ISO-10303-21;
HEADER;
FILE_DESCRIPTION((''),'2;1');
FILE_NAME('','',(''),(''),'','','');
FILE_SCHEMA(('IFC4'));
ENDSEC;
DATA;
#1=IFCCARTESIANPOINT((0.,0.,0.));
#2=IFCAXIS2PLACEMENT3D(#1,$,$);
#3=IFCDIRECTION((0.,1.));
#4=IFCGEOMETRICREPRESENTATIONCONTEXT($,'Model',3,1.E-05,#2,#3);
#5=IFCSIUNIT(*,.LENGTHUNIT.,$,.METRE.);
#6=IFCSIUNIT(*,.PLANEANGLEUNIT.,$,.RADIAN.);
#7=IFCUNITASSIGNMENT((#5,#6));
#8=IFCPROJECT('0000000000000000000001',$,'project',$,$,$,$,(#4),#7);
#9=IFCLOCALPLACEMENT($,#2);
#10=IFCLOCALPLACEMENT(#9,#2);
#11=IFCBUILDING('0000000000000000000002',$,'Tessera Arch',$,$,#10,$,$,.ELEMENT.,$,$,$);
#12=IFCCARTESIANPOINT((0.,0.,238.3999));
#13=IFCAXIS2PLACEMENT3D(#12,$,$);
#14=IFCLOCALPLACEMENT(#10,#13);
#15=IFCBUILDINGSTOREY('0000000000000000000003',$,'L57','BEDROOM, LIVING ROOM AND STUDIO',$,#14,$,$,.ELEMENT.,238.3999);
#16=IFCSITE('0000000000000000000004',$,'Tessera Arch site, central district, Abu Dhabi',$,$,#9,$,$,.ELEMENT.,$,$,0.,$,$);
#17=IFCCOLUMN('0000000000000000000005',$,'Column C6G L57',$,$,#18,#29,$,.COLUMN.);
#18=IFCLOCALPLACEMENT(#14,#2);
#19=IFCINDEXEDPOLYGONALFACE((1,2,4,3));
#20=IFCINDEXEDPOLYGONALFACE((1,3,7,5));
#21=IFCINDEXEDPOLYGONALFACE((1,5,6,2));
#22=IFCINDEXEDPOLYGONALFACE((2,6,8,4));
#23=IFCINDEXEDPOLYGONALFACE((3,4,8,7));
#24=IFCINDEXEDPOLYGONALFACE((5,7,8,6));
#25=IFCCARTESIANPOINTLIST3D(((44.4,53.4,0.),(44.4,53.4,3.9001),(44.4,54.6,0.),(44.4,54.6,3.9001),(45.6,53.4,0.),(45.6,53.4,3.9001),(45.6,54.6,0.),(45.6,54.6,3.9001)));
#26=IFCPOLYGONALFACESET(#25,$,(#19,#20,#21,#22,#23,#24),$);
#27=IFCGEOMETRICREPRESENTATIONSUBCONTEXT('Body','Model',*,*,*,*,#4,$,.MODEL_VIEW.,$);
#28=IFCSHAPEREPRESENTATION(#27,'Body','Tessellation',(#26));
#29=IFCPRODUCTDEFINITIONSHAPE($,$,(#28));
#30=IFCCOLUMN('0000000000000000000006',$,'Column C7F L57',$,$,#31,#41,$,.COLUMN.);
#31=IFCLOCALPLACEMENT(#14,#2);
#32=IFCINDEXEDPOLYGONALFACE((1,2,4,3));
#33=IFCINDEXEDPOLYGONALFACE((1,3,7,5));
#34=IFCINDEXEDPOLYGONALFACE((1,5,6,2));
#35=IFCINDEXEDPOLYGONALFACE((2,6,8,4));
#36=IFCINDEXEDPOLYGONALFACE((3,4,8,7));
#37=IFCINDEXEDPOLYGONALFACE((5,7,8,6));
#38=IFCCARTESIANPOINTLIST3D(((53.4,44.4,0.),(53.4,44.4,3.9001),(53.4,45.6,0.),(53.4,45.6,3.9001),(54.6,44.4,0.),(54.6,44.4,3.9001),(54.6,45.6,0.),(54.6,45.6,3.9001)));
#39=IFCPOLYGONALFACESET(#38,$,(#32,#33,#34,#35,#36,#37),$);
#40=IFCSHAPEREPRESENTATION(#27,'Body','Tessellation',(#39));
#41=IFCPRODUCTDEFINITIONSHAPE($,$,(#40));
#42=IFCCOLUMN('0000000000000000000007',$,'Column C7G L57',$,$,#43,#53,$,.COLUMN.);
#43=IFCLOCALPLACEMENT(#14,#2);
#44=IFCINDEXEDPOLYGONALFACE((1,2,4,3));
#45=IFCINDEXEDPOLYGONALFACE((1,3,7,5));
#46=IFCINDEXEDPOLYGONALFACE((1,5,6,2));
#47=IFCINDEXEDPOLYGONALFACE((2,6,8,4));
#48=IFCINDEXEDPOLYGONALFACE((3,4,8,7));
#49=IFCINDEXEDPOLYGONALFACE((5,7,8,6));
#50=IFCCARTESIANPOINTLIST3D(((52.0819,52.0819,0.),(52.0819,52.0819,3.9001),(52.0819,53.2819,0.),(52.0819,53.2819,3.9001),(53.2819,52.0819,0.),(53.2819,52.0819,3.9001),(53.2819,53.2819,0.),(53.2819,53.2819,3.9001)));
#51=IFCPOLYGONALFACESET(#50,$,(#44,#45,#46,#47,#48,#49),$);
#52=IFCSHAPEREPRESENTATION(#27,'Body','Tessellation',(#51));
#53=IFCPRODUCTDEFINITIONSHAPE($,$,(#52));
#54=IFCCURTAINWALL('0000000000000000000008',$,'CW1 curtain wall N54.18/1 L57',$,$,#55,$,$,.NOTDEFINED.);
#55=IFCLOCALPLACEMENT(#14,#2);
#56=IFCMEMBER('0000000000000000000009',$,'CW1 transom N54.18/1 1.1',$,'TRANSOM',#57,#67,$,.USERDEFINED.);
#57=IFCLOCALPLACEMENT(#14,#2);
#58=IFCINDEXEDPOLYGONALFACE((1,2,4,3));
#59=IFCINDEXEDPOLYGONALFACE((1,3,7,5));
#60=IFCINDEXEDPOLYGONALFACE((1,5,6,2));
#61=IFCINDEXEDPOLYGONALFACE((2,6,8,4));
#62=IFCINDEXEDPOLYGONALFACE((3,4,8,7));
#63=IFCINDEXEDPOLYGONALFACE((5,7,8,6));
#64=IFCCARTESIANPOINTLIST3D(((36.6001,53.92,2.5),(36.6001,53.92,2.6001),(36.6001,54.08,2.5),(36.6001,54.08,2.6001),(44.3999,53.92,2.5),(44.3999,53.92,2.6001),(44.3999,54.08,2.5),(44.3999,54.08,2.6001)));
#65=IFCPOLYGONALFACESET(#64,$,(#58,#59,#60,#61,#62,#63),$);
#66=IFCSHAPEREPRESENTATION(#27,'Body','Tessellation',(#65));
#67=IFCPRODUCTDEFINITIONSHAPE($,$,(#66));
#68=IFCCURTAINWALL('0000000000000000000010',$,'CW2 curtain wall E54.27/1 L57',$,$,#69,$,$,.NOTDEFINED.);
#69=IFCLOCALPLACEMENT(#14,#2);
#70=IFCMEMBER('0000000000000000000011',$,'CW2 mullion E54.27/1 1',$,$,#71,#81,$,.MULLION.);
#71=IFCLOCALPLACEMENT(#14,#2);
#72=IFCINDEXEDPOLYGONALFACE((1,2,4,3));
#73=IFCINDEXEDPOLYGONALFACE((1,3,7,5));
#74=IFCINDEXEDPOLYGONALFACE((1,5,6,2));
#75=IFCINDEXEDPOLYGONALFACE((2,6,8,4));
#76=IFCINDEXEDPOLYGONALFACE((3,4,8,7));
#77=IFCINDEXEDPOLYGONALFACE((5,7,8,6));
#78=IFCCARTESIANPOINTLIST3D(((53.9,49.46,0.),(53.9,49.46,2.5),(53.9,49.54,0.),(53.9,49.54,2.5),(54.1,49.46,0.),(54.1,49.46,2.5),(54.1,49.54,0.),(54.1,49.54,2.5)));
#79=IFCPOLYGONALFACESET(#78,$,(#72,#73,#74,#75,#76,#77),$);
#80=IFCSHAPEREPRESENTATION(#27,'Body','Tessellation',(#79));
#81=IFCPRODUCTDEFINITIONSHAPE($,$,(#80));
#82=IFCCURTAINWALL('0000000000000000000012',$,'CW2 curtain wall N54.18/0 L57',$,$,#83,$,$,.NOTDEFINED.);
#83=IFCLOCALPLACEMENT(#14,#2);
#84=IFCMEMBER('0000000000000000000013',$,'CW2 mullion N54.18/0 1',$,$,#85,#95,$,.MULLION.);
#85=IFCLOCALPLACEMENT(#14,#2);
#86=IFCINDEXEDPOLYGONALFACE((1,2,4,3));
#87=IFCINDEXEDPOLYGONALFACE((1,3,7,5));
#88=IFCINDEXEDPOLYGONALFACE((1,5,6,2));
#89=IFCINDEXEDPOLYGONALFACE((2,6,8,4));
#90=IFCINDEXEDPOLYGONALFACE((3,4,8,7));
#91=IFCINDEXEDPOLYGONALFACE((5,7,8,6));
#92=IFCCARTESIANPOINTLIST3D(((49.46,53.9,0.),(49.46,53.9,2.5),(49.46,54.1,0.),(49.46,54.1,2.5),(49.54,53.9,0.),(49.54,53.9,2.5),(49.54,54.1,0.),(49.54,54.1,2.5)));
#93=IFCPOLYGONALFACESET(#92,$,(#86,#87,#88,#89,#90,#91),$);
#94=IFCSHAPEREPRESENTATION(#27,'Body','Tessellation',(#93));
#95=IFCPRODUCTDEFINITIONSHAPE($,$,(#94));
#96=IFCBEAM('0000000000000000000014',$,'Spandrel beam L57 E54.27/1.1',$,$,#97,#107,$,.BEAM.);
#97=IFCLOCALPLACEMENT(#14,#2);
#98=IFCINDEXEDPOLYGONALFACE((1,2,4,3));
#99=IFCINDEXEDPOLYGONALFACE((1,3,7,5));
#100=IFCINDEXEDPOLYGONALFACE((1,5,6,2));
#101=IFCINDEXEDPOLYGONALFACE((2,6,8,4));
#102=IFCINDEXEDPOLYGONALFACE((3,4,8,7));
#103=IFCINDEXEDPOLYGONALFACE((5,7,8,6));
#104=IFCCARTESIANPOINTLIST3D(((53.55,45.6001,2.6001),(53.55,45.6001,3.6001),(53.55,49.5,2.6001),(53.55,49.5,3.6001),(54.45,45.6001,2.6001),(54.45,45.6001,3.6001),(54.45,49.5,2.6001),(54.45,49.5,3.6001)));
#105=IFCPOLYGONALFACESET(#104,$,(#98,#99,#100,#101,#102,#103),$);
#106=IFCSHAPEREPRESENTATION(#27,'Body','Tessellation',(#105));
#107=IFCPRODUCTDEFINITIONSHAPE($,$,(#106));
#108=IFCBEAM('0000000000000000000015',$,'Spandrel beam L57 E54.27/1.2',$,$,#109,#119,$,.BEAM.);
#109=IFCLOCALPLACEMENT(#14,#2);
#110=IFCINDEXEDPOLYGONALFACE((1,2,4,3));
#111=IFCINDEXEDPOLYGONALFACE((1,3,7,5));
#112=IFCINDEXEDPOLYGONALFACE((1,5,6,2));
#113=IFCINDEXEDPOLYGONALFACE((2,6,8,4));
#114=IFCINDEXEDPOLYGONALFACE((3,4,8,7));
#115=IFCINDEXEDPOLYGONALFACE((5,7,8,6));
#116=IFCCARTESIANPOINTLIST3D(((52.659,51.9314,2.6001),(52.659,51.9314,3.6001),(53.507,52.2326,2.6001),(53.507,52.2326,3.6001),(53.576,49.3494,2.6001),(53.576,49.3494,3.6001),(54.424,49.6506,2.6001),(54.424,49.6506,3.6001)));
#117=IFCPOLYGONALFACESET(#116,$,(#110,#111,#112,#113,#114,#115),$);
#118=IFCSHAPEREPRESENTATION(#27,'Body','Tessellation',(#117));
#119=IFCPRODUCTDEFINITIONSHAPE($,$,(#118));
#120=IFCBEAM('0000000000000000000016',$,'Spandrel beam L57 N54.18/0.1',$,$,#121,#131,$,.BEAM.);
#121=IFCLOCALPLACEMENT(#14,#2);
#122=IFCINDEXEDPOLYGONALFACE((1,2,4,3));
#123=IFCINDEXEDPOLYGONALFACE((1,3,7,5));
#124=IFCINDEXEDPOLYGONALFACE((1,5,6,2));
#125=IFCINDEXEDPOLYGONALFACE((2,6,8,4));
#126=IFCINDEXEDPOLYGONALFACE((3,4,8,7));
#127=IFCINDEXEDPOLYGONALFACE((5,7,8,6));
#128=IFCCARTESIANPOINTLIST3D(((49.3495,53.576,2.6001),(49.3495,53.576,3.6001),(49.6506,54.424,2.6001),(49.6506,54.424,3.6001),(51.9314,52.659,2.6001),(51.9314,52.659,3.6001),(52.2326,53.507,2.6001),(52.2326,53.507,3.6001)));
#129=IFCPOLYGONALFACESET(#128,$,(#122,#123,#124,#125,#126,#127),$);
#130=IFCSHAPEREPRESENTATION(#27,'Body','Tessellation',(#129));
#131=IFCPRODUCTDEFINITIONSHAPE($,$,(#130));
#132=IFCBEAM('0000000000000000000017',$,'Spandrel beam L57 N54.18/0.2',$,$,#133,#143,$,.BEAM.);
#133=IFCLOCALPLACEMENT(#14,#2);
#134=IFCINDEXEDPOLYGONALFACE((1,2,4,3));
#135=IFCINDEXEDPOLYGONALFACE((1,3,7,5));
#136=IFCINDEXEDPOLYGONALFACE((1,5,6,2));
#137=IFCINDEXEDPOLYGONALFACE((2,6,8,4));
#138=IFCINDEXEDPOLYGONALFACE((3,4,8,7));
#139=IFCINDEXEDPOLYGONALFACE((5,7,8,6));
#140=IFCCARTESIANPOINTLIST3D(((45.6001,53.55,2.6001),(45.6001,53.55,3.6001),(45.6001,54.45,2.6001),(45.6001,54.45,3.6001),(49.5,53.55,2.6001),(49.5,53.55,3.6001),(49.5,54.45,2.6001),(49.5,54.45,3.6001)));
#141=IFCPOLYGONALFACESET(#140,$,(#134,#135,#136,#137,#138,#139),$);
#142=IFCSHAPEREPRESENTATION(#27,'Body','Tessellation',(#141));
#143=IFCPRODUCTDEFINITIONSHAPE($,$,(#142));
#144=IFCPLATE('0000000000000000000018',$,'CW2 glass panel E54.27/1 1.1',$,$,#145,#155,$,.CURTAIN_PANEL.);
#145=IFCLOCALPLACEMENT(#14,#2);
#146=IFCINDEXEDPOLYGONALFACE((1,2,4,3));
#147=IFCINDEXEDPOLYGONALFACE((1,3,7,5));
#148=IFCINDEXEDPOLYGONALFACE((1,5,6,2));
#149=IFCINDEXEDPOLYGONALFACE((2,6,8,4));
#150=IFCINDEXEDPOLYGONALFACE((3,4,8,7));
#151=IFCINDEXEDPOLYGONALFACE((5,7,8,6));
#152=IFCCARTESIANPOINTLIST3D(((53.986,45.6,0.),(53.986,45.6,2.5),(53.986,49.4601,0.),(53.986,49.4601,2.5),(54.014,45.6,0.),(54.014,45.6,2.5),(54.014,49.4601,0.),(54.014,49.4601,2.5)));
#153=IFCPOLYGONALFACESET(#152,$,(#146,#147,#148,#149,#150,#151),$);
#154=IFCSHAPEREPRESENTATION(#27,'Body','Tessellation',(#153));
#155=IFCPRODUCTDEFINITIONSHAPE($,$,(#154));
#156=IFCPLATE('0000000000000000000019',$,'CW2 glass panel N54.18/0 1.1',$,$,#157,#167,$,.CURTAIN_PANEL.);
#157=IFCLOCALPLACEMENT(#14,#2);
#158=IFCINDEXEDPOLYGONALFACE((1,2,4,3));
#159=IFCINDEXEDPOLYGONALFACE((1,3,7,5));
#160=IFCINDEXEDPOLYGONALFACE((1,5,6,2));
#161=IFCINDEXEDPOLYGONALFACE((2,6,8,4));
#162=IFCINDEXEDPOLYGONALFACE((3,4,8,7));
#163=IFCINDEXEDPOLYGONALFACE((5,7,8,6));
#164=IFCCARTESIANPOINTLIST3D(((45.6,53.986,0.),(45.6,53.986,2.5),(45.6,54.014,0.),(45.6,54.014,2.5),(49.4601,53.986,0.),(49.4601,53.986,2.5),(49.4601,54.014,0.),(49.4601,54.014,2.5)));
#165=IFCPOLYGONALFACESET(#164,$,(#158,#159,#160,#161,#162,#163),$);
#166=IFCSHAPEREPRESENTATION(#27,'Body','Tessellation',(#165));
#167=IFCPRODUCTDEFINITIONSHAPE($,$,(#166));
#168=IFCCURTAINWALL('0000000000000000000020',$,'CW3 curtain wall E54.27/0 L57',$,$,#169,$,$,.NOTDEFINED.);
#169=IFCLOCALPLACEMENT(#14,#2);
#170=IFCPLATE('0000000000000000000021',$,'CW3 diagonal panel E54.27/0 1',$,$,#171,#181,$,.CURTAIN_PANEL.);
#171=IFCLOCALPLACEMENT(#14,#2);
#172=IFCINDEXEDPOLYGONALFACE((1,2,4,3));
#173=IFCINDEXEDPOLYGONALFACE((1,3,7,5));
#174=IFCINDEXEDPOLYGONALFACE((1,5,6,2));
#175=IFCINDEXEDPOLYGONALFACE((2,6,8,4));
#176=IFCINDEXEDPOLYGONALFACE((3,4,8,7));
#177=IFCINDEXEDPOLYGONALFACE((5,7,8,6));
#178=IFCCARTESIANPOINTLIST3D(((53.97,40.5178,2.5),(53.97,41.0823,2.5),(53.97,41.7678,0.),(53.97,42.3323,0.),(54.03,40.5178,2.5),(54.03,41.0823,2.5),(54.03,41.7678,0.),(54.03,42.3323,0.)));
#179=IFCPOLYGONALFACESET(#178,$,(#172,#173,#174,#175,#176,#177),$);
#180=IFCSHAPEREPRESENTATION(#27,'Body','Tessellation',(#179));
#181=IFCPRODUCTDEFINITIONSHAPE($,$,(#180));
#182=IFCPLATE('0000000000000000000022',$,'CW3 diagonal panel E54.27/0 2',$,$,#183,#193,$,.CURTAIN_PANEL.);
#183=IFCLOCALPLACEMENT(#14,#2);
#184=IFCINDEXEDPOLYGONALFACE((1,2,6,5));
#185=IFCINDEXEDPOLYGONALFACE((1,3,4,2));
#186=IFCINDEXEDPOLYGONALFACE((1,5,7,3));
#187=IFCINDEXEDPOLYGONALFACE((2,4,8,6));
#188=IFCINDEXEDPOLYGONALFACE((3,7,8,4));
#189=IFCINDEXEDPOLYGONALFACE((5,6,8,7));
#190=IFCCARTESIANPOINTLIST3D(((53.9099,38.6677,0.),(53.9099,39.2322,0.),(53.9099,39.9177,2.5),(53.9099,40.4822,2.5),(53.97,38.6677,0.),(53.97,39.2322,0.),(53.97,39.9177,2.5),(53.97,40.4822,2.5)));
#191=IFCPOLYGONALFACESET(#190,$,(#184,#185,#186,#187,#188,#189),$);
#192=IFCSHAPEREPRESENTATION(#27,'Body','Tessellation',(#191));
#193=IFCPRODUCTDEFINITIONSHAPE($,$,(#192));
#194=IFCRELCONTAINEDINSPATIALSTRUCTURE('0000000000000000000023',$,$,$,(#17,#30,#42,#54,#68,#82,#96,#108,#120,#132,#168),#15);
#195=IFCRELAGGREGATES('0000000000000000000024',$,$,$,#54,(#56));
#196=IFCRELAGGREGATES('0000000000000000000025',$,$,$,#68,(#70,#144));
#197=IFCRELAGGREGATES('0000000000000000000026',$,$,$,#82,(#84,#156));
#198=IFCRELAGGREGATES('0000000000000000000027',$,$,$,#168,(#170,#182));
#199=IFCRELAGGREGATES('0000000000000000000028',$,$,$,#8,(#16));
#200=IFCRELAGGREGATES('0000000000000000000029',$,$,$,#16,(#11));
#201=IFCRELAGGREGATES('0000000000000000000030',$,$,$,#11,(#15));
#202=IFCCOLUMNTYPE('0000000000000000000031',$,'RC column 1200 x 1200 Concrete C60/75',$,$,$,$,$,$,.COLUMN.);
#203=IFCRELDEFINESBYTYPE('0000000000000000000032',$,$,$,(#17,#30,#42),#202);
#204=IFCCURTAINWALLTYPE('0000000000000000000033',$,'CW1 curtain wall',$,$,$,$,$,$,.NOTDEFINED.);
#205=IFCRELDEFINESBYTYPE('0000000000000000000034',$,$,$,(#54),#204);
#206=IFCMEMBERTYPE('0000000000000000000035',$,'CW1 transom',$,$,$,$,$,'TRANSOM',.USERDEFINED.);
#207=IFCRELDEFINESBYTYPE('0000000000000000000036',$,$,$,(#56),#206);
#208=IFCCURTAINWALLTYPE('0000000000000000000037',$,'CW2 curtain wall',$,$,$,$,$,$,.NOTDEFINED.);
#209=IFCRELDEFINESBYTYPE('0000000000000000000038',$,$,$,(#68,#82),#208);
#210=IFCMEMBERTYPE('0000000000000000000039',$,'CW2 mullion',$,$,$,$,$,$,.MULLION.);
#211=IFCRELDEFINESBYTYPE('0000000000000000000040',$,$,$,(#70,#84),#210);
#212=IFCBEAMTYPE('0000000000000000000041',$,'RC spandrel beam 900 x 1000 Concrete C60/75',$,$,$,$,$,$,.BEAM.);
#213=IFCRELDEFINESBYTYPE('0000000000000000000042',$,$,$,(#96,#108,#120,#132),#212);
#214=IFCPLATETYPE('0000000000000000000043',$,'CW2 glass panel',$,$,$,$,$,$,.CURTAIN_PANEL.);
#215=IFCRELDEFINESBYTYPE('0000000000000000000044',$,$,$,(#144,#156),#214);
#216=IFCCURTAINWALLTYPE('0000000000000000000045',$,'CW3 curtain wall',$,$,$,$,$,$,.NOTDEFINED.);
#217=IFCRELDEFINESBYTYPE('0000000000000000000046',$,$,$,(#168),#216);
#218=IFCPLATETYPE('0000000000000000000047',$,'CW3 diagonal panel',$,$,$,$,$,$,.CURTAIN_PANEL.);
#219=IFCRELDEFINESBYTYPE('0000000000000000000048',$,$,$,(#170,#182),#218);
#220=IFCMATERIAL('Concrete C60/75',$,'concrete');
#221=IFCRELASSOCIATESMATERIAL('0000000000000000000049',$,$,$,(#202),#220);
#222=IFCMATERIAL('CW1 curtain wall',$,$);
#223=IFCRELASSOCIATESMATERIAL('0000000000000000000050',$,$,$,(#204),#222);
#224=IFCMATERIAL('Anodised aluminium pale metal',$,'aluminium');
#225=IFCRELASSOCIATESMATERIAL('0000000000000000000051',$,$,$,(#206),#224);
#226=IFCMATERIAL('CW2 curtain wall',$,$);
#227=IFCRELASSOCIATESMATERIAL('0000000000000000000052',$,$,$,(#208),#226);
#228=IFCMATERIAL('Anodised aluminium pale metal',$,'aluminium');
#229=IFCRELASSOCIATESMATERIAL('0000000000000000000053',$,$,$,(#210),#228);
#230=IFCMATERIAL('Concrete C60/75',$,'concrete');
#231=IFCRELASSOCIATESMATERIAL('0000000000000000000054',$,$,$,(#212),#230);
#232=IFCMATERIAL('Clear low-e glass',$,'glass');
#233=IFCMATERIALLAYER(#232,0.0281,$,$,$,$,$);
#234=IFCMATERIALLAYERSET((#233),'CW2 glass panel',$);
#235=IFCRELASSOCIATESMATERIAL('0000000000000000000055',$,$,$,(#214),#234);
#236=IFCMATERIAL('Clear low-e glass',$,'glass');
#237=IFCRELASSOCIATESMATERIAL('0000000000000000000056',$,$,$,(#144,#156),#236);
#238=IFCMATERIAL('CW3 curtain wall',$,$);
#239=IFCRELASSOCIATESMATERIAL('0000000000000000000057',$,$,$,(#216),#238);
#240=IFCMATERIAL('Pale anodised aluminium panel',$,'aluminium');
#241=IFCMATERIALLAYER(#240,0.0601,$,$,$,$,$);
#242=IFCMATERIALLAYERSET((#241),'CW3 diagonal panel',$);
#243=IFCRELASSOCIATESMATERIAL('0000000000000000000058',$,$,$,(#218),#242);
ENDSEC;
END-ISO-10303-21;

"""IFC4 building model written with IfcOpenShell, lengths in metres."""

from ifc_helpers import new_model, si_unit, direction, frame, origin, origin_2d, place, context, subcontext, project, spatial, polyline, rectangle, outline, extrude, material, layer, layer_set, material_profile, profile_set, type_object, element, aggregate, save


model = new_model("IFC4")

# Units and contexts
model_context = context("Model", 3, precision=1e-05, world=origin(), true_north=direction((0.0, 1.0)))
body_context = subcontext(model_context, "Body", "Model", "MODEL_VIEW")
ifc_project = project(units=[si_unit("LENGTHUNIT", "METRE"), si_unit("PLANEANGLEUNIT", "RADIAN")], contexts=[model_context])

# Site, building, storey
site_placement = place(None, origin())
site = spatial("IfcSite", under=ifc_project, at=site_placement, Name="Tessera Arch site, central district, Abu Dhabi", CompositionType="ELEMENT", RefElevation=0.0)
building_placement = place(site_placement, origin())
building = spatial("IfcBuilding", under=site, at=building_placement, Name="Tessera Arch", CompositionType="ELEMENT")
storey_placement = place(building_placement, frame((0.0, 0.0, 238.3999)))
storey = spatial("IfcBuildingStorey", under=building, at=storey_placement, Name="L57", Description="BEDROOM, LIVING ROOM AND STUDIO", CompositionType="ELEMENT", Elevation=238.3999)

# Columns
ifc_material_1 = material(Name="Concrete C60/75", Category="concrete")
ifc_material_profile_1 = material_profile(ifc_material_1, rectangle(XDim=1.2, YDim=1.2, at=origin_2d()), Name="RC column 1200 x 1200 Concrete C60/75")
ifc_profile_set_1 = profile_set([ifc_material_profile_1], Name="Concrete C60/75")
column_type = type_object("IfcColumnType", Name="RC column 1200 x 1200 Concrete C60/75", PredefinedType="COLUMN", material=ifc_profile_set_1)
for number, where, z_axis, x_axis, name in (
    (1, (45.0, 54.0, 0.0), (0.0, 0.0, 1.0), (1.0, 0.0, 0.0), "Column C6G L57"),
    (2, (54.0, 45.0, 0.0), (0.0, 0.0, 1.0), (1.0, 0.0, 0.0), "Column C7F L57"),
    (3, (52.6819, 52.6819, 0.0), (0.0, 0.0, 1.0), (1.0, 0.0, 0.0), "Column C7G L57"),
):
    element("IfcColumn", number, at=place(storey_placement, frame(where, z_axis=z_axis, x_axis=x_axis)), inside=storey, type_object=column_type, Name=name, PredefinedType="COLUMN", context=body_context, shape_type="SweptSolid", body=[
        extrude(rectangle(XDim=1.2, YDim=1.2, at=origin_2d()), origin(), (0.0, 0.0, 1.0), 3.9001),
    ])

# Curtain walls, members
ifc_material_2 = material(Name="CW1 curtain wall")
curtain_wall_type_1 = type_object("IfcCurtainWallType", Name="CW1 curtain wall", PredefinedType="NOTDEFINED", material=ifc_material_2)
curtain_wall_1_placement = place(storey_placement, origin())
curtain_wall_1 = element("IfcCurtainWall", 4, at=curtain_wall_1_placement, inside=storey, type_object=curtain_wall_type_1, Name="CW1 curtain wall N54.18/1 L57", PredefinedType="NOTDEFINED")
ifc_material_3 = material(Name="Anodised aluminium pale metal", Category="aluminium")
ifc_material_profile_2 = material_profile(ifc_material_3, rectangle(XDim=0.1599, YDim=0.1001, at=origin_2d()), Name="AL 160x100")
ifc_profile_set_2 = profile_set([ifc_material_profile_2], Name="Anodised aluminium pale metal")
member_type_1 = type_object("IfcMemberType", Name="CW1 transom", ElementType="TRANSOM", PredefinedType="USERDEFINED", material=ifc_profile_set_2)
member_1_placement = place(storey_placement, frame((44.3999, 54.0, 2.55), z_axis=(-1.0, 0.0, 0.0), x_axis=(0.0, -1.0, 0.0)))
member_1 = element("IfcMember", 5, at=member_1_placement, type_object=member_type_1, Name="CW1 transom N54.18/1 1.1", ObjectType="TRANSOM", PredefinedType="USERDEFINED", context=body_context, shape_type="SweptSolid", body=[
    extrude(rectangle(XDim=0.1599, YDim=0.1001, at=origin_2d()), origin(), (0.0, 0.0, 1.0), 7.7998),
])
aggregate(curtain_wall_1, [member_1])
ifc_material_4 = material(Name="CW2 curtain wall")
curtain_wall_type_2 = type_object("IfcCurtainWallType", Name="CW2 curtain wall", PredefinedType="NOTDEFINED", material=ifc_material_4)
curtain_wall_2_placement = place(storey_placement, origin())
curtain_wall_2 = element("IfcCurtainWall", 6, at=curtain_wall_2_placement, inside=storey, type_object=curtain_wall_type_2, Name="CW2 curtain wall E54.27/1 L57", PredefinedType="NOTDEFINED")
ifc_material_5 = material(Name="Anodised aluminium pale metal", Category="aluminium")
ifc_material_profile_3 = material_profile(ifc_material_5, rectangle(XDim=0.2, YDim=0.0801, at=origin_2d()), Name="AL 80x200")
ifc_profile_set_3 = profile_set([ifc_material_profile_3], Name="Anodised aluminium pale metal")
member_type_2 = type_object("IfcMemberType", Name="CW2 mullion", PredefinedType="MULLION", material=ifc_profile_set_3)
member_2_placement = place(storey_placement, frame((54.0, 49.5, 0.0), z_axis=(0.0, 0.0, 1.0), x_axis=(-1.0, 0.0, 0.0)))
member_2 = element("IfcMember", 7, at=member_2_placement, type_object=member_type_2, Name="CW2 mullion E54.27/1 1", PredefinedType="MULLION", context=body_context, shape_type="SweptSolid", body=[
    extrude(rectangle(XDim=0.2, YDim=0.0801, at=origin_2d()), origin(), (0.0, 0.0, 1.0), 2.5),
])
curtain_wall_3_placement = place(storey_placement, origin())
curtain_wall_3 = element("IfcCurtainWall", 8, at=curtain_wall_3_placement, inside=storey, type_object=curtain_wall_type_2, Name="CW2 curtain wall N54.18/0 L57", PredefinedType="NOTDEFINED")
member_3_placement = place(storey_placement, frame((49.5, 54.0, 0.0), z_axis=(0.0, 0.0, 1.0), x_axis=(0.0, -1.0, 0.0)))
member_3 = element("IfcMember", 9, at=member_3_placement, type_object=member_type_2, Name="CW2 mullion N54.18/0 1", PredefinedType="MULLION", context=body_context, shape_type="SweptSolid", body=[
    extrude(rectangle(XDim=0.2, YDim=0.0801, at=origin_2d()), origin(), (0.0, 0.0, 1.0), 2.5),
])

# Beams
ifc_material_6 = material(Name="Concrete C60/75", Category="concrete")
ifc_material_profile_4 = material_profile(ifc_material_6, rectangle(XDim=0.8999, YDim=1.0, at=origin_2d()), Name="RC spandrel beam 900 x 1000 Concrete C60/75")
ifc_profile_set_4 = profile_set([ifc_material_profile_4], Name="Concrete C60/75")
beam_type = type_object("IfcBeamType", Name="RC spandrel beam 900 x 1000 Concrete C60/75", PredefinedType="BEAM", material=ifc_profile_set_4)
beam_1_placement = place(storey_placement, frame((54.0, 45.6001, 3.1001), z_axis=(0.0, 1.0, 0.0), x_axis=(-1.0, 0.0, 0.0)))
element("IfcBeam", 10, at=beam_1_placement, inside=storey, type_object=beam_type, Name="Spandrel beam L57 E54.27/1.1", PredefinedType="BEAM", context=body_context, shape_type="SweptSolid", body=[
    extrude(rectangle(XDim=0.8999, YDim=1.0, at=origin_2d()), origin(), (0.0, 0.0, 1.0), 3.8999),
])
for number, where, z_axis, x_axis, name in (
    (11, (54.0, 49.5, 3.1001), (-0.334665, 0.942337, 0.0), (-0.942337, -0.334665, 0.0), "Spandrel beam L57 E54.27/1.2"),
    (12, (52.082, 53.083, 3.1001), (-0.942337, 0.334665, 0.0), (-0.334665, -0.942337, 0.0), "Spandrel beam L57 N54.18/0.1"),
):
    element("IfcBeam", number, at=place(storey_placement, frame(where, z_axis=z_axis, x_axis=x_axis)), inside=storey, type_object=beam_type, Name=name, PredefinedType="BEAM", context=body_context, shape_type="SweptSolid", body=[
        extrude(rectangle(XDim=0.8999, YDim=1.0, at=origin_2d()), origin(), (0.0, 0.0, 1.0), 2.74),
    ])
beam_2_placement = place(storey_placement, frame((49.5, 54.0, 3.1001), z_axis=(-1.0, 0.0, 0.0), x_axis=(0.0, -1.0, 0.0)))
element("IfcBeam", 13, at=beam_2_placement, inside=storey, type_object=beam_type, Name="Spandrel beam L57 N54.18/0.2", PredefinedType="BEAM", context=body_context, shape_type="SweptSolid", body=[
    extrude(rectangle(XDim=0.8999, YDim=1.0, at=origin_2d()), origin(), (0.0, 0.0, 1.0), 3.8999),
])

# Plates
ifc_material_7 = material(Name="Clear low-e glass", Category="glass")
ifc_material_8 = material(Name="Clear low-e glass", Category="glass")
ifc_layer_1 = layer(ifc_material_8, 0.0281)
ifc_layer_set_1 = layer_set([ifc_layer_1], Name="CW2 glass panel")
plate_type_1 = type_object("IfcPlateType", Name="CW2 glass panel", PredefinedType="CURTAIN_PANEL", material=ifc_layer_set_1)
plate_1_placement = place(storey_placement, frame((54.0, 47.53, 0.0), z_axis=(0.0, 0.0, 1.0), x_axis=(0.0, 1.0, 0.0)))
plate_1 = element("IfcPlate", 14, at=plate_1_placement, type_object=plate_type_1, material=ifc_material_7, Name="CW2 glass panel E54.27/1 1.1", PredefinedType="CURTAIN_PANEL", context=body_context, shape_type="SweptSolid", body=[
    extrude(rectangle(XDim=3.8601, YDim=0.0281, at=origin_2d()), origin(), (0.0, 0.0, 1.0), 2.5),
])
aggregate(curtain_wall_2, [member_2, plate_1])
plate_2_placement = place(storey_placement, frame((47.53, 54.0, 0.0), z_axis=(0.0, 0.0, 1.0), x_axis=(-1.0, 0.0, 0.0)))
plate_2 = element("IfcPlate", 15, at=plate_2_placement, type_object=plate_type_1, material=ifc_material_7, Name="CW2 glass panel N54.18/0 1.1", PredefinedType="CURTAIN_PANEL", context=body_context, shape_type="SweptSolid", body=[
    extrude(rectangle(XDim=3.8601, YDim=0.0281, at=origin_2d()), origin(), (0.0, 0.0, 1.0), 2.5),
])
aggregate(curtain_wall_3, [member_3, plate_2])

# Curtain wall, plates
ifc_material_9 = material(Name="CW3 curtain wall")
curtain_wall_type_3 = type_object("IfcCurtainWallType", Name="CW3 curtain wall", PredefinedType="NOTDEFINED", material=ifc_material_9)
curtain_wall_4_placement = place(storey_placement, origin())
curtain_wall_4 = element("IfcCurtainWall", 16, at=curtain_wall_4_placement, inside=storey, type_object=curtain_wall_type_3, Name="CW3 curtain wall E54.27/0 L57", PredefinedType="NOTDEFINED")
ifc_material_10 = material(Name="Pale anodised aluminium panel", Category="aluminium")
ifc_layer_2 = layer(ifc_material_10, 0.0601)
ifc_layer_set_2 = layer_set([ifc_layer_2], Name="CW3 diagonal panel")
plate_type_2 = type_object("IfcPlateType", Name="CW3 diagonal panel", PredefinedType="CURTAIN_PANEL", material=ifc_layer_set_2)
plate_3_placement = place(storey_placement, frame((54.03, 41.0823, 2.5), z_axis=(1.0, 0.0, 0.0), x_axis=(0.0, -1.0, 0.0)))
plate_3 = element("IfcPlate", 17, at=plate_3_placement, type_object=plate_type_2, Name="CW3 diagonal panel E54.27/0 1", PredefinedType="CURTAIN_PANEL", context=body_context, shape_type="SweptSolid", body=[
    extrude(outline(polyline([(0.0, 0.0), (0.5645, 0.0), (-0.6855, 2.5), (-1.25, 2.5), (0.0, 0.0)])), origin(), (0.0, 0.0, -1.0), 0.0601),
])
plate_4_placement = place(storey_placement, frame((53.97, 40.4822, 2.5), z_axis=(1.0, 0.0, 0.0), x_axis=(0.0, -1.0, 0.0)))
plate_4 = element("IfcPlate", 18, at=plate_4_placement, type_object=plate_type_2, Name="CW3 diagonal panel E54.27/0 2", PredefinedType="CURTAIN_PANEL", context=body_context, shape_type="SweptSolid", body=[
    extrude(outline(polyline([(0.0, 0.0), (0.5645, 0.0), (1.8145, 2.5), (1.25, 2.5), (0.0, 0.0)])), origin(), (0.0, 0.0, -1.0), 0.0601),
])
aggregate(curtain_wall_4, [plate_3, plate_4])

save(model, "model.ifc")
